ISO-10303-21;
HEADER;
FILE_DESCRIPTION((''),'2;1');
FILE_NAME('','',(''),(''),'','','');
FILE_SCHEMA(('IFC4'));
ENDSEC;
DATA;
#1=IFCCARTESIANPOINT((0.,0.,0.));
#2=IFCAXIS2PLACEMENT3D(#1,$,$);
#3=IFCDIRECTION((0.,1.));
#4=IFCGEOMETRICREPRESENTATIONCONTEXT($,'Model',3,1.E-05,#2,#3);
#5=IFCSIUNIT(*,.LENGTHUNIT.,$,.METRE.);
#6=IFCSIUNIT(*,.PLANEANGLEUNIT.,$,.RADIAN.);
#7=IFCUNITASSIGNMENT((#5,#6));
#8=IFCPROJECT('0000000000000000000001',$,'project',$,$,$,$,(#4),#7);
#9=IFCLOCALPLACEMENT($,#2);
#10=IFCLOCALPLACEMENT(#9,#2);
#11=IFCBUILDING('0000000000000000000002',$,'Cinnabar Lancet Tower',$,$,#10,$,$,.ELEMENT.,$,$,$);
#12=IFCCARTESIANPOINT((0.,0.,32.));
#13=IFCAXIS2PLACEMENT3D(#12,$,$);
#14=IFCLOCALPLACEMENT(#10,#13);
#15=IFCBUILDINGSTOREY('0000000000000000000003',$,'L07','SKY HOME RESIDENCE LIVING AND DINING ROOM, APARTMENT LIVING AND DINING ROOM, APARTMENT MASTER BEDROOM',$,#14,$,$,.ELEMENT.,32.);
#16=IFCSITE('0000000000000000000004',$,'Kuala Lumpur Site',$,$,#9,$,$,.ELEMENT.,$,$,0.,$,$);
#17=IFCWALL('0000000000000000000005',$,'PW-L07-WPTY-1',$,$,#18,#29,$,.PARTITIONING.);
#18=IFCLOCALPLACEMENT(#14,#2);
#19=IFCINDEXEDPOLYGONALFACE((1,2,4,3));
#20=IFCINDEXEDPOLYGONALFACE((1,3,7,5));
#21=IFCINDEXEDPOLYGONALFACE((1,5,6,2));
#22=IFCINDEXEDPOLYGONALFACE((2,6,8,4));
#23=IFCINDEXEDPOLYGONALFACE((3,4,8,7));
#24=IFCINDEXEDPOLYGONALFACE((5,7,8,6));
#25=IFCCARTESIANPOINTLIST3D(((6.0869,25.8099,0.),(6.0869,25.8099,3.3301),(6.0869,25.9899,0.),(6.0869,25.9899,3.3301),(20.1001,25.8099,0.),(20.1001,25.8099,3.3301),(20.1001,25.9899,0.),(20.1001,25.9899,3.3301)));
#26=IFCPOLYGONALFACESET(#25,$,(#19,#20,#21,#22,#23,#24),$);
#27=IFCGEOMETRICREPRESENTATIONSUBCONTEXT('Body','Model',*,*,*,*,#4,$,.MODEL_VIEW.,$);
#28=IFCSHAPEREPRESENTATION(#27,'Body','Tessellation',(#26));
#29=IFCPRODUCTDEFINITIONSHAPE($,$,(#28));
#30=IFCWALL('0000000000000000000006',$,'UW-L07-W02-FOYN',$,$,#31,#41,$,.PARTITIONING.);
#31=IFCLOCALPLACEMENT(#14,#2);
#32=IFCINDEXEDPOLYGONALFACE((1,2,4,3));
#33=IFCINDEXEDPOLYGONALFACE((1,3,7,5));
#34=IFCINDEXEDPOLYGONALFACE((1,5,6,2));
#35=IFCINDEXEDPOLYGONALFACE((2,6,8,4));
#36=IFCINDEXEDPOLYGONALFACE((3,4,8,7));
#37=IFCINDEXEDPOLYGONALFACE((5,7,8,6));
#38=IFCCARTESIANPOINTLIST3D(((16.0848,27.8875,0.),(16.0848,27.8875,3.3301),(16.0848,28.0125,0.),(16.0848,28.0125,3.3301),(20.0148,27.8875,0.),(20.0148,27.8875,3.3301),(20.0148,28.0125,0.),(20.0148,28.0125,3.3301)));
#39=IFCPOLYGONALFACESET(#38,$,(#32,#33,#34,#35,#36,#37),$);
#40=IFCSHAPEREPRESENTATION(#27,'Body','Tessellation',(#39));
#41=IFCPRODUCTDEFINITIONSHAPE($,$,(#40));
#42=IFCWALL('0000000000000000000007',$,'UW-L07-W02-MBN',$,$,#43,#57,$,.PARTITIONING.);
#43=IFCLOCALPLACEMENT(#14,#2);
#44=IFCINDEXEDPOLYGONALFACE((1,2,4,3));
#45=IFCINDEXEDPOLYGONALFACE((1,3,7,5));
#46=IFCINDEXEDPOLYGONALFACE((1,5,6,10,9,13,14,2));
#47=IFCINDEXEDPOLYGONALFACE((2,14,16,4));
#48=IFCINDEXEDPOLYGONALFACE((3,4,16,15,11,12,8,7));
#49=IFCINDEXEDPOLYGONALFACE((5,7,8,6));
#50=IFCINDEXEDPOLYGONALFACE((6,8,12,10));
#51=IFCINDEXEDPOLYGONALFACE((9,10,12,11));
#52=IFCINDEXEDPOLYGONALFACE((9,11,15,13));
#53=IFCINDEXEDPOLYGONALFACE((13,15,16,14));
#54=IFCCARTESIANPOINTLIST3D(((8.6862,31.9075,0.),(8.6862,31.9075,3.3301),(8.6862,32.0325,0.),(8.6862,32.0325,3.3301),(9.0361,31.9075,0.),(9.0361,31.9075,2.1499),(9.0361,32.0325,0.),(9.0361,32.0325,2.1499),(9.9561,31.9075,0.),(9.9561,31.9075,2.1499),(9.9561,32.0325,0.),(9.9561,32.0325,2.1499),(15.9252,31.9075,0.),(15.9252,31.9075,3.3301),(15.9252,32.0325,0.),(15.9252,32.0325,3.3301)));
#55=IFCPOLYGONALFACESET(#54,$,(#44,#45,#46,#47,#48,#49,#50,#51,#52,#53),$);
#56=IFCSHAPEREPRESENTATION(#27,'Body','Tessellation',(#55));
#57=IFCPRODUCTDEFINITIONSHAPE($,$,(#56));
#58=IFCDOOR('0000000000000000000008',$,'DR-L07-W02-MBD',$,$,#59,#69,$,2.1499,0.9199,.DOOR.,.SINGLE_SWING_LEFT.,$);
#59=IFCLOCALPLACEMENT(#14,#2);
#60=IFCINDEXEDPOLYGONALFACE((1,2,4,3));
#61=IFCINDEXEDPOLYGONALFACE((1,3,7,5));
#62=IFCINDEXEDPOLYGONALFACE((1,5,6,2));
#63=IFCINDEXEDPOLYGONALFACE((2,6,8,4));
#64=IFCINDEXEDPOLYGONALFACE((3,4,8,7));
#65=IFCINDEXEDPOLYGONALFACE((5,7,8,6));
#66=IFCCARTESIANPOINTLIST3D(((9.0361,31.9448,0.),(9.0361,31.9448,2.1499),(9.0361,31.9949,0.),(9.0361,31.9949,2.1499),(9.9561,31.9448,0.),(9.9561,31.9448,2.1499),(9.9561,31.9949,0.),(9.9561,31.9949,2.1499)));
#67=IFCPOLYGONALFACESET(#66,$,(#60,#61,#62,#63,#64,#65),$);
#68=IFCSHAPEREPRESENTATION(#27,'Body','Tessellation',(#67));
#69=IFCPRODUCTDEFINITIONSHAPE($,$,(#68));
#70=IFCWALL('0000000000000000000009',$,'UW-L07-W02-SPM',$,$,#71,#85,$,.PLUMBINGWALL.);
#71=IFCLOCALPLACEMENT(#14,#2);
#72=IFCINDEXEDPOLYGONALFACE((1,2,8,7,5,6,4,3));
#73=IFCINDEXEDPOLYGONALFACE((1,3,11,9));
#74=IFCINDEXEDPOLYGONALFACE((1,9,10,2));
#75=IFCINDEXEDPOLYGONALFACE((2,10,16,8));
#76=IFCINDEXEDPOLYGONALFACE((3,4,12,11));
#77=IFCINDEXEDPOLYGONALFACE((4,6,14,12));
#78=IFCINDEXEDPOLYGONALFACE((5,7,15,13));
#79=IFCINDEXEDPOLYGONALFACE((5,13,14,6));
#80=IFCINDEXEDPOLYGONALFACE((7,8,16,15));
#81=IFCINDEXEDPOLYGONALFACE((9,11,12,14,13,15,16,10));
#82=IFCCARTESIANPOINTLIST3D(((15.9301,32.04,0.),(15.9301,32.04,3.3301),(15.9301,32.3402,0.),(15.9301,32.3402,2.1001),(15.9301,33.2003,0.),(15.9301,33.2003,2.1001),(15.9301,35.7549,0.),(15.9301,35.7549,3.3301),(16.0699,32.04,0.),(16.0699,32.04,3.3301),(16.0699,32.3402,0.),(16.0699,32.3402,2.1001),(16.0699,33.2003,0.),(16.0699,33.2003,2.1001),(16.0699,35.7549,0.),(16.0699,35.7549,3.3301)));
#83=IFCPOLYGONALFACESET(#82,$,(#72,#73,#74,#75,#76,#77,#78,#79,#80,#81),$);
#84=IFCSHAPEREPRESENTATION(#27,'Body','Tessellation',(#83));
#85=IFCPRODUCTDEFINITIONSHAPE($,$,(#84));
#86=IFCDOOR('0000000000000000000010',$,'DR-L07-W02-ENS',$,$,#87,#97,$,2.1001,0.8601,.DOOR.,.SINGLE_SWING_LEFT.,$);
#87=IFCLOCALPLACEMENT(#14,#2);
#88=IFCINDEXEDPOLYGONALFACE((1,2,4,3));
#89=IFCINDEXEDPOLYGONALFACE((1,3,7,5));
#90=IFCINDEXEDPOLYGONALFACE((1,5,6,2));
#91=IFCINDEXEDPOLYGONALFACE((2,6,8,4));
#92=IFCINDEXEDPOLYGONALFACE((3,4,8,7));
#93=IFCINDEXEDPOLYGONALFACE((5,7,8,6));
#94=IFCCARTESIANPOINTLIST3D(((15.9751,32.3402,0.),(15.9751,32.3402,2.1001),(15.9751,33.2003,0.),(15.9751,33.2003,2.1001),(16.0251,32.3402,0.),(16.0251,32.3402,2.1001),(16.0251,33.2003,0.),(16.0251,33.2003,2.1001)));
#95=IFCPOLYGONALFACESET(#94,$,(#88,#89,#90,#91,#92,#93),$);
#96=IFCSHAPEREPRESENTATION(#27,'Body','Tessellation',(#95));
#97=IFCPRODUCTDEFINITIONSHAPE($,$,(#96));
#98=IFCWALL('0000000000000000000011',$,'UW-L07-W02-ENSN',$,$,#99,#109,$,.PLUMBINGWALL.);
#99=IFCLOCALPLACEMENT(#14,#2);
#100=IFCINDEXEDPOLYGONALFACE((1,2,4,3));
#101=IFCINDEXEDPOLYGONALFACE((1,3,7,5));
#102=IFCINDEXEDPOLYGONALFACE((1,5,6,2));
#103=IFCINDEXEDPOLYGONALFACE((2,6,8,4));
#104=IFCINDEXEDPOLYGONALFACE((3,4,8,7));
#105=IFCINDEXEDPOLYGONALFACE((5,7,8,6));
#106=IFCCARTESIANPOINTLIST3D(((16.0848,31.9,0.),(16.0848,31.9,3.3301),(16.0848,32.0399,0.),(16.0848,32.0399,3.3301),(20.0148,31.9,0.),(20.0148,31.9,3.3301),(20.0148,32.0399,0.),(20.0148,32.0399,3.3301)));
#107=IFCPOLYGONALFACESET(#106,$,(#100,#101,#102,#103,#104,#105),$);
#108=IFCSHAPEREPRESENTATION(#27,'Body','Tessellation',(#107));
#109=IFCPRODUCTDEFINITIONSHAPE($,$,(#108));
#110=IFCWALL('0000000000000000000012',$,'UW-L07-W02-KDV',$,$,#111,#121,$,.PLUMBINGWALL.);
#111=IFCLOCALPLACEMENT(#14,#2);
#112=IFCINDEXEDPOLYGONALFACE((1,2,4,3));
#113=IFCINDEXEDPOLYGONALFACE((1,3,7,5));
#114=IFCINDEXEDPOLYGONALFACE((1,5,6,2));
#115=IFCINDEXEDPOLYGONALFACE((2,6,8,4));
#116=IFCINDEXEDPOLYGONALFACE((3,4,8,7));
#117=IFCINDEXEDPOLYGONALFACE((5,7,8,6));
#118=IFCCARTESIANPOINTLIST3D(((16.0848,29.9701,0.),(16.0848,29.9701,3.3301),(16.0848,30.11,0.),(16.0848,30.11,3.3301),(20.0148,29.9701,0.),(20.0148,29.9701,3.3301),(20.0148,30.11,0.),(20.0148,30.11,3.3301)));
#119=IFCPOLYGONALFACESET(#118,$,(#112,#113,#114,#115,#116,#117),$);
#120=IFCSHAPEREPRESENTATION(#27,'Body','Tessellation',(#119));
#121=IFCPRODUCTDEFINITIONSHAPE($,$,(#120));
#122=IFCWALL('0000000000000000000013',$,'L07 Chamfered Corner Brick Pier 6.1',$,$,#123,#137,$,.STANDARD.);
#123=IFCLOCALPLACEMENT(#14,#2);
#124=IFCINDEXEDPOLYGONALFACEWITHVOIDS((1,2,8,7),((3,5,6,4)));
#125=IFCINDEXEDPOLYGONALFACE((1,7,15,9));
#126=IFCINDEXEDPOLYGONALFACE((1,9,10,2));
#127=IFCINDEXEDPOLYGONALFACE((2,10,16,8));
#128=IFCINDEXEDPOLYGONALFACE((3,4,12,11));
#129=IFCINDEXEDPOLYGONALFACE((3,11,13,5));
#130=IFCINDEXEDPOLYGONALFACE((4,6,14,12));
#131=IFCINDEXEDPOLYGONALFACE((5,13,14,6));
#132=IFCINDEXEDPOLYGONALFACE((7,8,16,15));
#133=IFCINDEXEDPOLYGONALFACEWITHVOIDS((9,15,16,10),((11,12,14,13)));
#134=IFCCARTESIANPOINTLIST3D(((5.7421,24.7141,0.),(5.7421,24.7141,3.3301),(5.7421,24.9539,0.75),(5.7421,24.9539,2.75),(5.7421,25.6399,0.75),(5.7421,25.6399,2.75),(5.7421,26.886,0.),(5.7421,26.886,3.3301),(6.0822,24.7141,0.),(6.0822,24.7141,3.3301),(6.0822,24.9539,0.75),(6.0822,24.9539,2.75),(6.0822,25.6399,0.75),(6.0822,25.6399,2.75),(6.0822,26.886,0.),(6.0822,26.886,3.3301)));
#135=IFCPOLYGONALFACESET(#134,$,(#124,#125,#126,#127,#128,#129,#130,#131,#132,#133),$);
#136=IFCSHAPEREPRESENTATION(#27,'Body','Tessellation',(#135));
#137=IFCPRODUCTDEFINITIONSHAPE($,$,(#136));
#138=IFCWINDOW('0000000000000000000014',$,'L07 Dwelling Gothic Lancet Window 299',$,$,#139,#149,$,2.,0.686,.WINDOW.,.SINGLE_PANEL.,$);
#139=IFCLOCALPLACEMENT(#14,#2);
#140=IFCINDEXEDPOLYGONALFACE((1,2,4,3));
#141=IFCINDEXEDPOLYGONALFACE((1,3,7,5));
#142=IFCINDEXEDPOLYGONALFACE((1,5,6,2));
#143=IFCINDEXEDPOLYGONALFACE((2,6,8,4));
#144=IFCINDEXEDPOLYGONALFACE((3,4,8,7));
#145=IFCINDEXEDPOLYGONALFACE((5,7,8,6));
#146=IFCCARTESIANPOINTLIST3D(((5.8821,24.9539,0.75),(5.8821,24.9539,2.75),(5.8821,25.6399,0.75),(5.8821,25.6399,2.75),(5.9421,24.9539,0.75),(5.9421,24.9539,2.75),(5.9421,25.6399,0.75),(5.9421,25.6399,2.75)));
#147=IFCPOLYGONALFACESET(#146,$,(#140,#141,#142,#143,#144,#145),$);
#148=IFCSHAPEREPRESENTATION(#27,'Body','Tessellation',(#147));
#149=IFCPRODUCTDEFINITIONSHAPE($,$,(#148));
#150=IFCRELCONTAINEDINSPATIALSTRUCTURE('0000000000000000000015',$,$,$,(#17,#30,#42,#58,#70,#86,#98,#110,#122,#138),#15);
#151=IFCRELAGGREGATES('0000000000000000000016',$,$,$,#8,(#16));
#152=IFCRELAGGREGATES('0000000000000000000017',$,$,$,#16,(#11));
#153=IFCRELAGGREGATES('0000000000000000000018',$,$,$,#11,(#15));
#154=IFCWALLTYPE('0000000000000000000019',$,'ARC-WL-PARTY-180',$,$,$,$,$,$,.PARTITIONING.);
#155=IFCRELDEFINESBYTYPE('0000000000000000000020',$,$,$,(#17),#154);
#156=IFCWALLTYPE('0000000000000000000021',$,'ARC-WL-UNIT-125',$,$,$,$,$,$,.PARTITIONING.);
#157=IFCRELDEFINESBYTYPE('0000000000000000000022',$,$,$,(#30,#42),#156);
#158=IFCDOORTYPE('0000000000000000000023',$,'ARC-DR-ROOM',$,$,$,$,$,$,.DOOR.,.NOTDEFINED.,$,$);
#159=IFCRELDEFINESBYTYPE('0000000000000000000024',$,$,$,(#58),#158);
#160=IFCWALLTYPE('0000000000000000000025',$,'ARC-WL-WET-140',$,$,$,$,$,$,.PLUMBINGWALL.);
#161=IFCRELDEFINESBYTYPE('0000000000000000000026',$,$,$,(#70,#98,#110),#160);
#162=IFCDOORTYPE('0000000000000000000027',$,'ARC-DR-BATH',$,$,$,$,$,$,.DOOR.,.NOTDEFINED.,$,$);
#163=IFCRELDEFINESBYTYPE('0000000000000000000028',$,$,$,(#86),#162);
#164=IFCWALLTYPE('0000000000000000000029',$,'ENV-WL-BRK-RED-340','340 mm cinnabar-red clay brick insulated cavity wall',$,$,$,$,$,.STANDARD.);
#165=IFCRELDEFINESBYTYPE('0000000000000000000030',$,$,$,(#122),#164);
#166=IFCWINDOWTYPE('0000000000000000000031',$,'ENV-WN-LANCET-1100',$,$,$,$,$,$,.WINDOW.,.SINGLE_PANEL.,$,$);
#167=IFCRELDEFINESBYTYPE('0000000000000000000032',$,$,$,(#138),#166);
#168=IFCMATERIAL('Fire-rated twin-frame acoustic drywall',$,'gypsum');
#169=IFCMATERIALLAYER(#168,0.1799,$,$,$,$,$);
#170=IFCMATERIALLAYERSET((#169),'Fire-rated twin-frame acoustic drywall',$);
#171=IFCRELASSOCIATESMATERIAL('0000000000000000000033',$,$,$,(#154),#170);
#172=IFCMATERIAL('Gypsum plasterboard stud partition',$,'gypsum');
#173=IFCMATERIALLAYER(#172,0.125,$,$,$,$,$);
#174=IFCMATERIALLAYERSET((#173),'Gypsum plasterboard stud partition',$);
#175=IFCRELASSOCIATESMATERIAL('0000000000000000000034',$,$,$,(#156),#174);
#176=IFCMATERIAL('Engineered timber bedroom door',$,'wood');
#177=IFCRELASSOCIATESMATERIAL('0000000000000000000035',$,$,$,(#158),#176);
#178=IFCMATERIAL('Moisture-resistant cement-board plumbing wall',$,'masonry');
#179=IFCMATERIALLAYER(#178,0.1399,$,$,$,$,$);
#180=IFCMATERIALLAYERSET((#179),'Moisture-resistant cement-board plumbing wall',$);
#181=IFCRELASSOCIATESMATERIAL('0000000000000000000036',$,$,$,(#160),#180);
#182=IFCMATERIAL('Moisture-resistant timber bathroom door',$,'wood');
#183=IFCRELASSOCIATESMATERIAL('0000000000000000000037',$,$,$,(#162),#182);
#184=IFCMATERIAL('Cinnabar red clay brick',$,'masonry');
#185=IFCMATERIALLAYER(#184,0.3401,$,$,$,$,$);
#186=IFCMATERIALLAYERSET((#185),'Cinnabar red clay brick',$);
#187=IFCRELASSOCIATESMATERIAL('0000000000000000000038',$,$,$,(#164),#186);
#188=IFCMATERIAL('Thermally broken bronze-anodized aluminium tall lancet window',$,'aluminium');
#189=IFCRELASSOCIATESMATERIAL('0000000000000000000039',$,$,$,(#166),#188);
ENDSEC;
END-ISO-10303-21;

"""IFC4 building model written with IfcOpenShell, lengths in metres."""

from ifc_helpers import new_model, si_unit, direction, frame, frame_2d, origin, place, context, subcontext, project, spatial, rectangle, extrude, material, layer, layer_set, type_object, element, fill, save


model = new_model("IFC4")

# Units and contexts
model_context = context("Model", 3, precision=1e-05, world=origin(), true_north=direction((0.0, 1.0)))
body_context = subcontext(model_context, "Body", "Model", "MODEL_VIEW")
ifc_project = project(units=[si_unit("LENGTHUNIT", "METRE"), si_unit("PLANEANGLEUNIT", "RADIAN")], contexts=[model_context])

# Site, building, storey
site_placement = place(None, origin())
site = spatial("IfcSite", under=ifc_project, at=site_placement, Name="Kuala Lumpur Site", CompositionType="ELEMENT", RefElevation=0.0)
building_placement = place(site_placement, origin())
building = spatial("IfcBuilding", under=site, at=building_placement, Name="Cinnabar Lancet Tower", CompositionType="ELEMENT")
storey_placement = place(building_placement, frame((0.0, 0.0, 32.0)))
storey = spatial("IfcBuildingStorey", under=building, at=storey_placement, Name="L07", Description="SKY HOME RESIDENCE LIVING AND DINING ROOM, APARTMENT LIVING AND DINING ROOM, APARTMENT MASTER BEDROOM", CompositionType="ELEMENT", Elevation=32.0)

# Walls
ifc_material_1 = material(Name="Fire-rated twin-frame acoustic drywall", Category="gypsum")
ifc_layer_1 = layer(ifc_material_1, 0.1799)
ifc_layer_set_1 = layer_set([ifc_layer_1], Name="Fire-rated twin-frame acoustic drywall")
wall_type_1 = type_object("IfcWallType", Name="ARC-WL-PARTY-180", PredefinedType="PARTITIONING", material=ifc_layer_set_1)
wall_1_placement = place(storey_placement, frame((6.0869, 25.8999, 0.0), z_axis=(0.0, 0.0, 1.0), x_axis=(1.0, 0.0, 0.0)))
element("IfcWall", 1, at=wall_1_placement, inside=storey, type_object=wall_type_1, Name="PW-L07-WPTY-1", PredefinedType="PARTITIONING", context=body_context, shape_type="SweptSolid", body=[
    extrude(rectangle(XDim=14.0132, YDim=0.1799, at=frame_2d((7.0066, 0.0))), origin(), (0.0, 0.0, 1.0), 3.3301),
])
ifc_material_2 = material(Name="Gypsum plasterboard stud partition", Category="gypsum")
ifc_layer_2 = layer(ifc_material_2, 0.125)
ifc_layer_set_2 = layer_set([ifc_layer_2], Name="Gypsum plasterboard stud partition")
wall_type_2 = type_object("IfcWallType", Name="ARC-WL-UNIT-125", PredefinedType="PARTITIONING", material=ifc_layer_set_2)
wall_2_placement = place(storey_placement, frame((16.085, 27.95, 0.0), z_axis=(0.0, 0.0, 1.0), x_axis=(1.0, 0.0, 0.0)))
element("IfcWall", 2, at=wall_2_placement, inside=storey, type_object=wall_type_2, Name="UW-L07-W02-FOYN", PredefinedType="PARTITIONING", context=body_context, shape_type="SweptSolid", body=[
    extrude(rectangle(XDim=3.9299, YDim=0.125, at=frame_2d((1.9648, 0.0))), origin(), (0.0, 0.0, 1.0), 3.3301),
])

# Wall, opening, door
wall_3_placement = place(storey_placement, frame((8.686, 31.97, 0.0), z_axis=(0.0, 0.0, 1.0), x_axis=(1.0, 0.0, 0.0)))
wall_3 = element("IfcWall", 3, at=wall_3_placement, inside=storey, type_object=wall_type_2, Name="UW-L07-W02-MBN", PredefinedType="PARTITIONING", context=body_context, shape_type="SweptSolid", body=[
    extrude(rectangle(XDim=7.239, YDim=0.125, at=frame_2d((3.6196, 0.0))), origin(), (0.0, 0.0, 1.0), 3.3301),
])
opening_1_placement = place(wall_3_placement, frame((0.3501, 0.0, 0.0)))
opening_1 = element("IfcOpeningElement", 4, at=opening_1_placement, cuts=wall_3, PredefinedType="OPENING", context=body_context, shape_type="SweptSolid", body=[
    extrude(rectangle(XDim=0.9199, YDim=2.1499, at=frame_2d((0.46, 1.075))), frame((0.0, 0.0725, 0.0), z_axis=(0.0, -1.0, 0.0), x_axis=(1.0, 0.0, 0.0)), (0.0, 0.0, 1.0), 0.145),
])
ifc_material_3 = material(Name="Engineered timber bedroom door", Category="wood")
door_type_1 = type_object("IfcDoorType", Name="ARC-DR-ROOM", OperationType="NOTDEFINED", PredefinedType="DOOR", material=ifc_material_3)
door_1_placement = place(opening_1_placement, origin())
door_1 = element("IfcDoor", 5, at=door_1_placement, inside=storey, type_object=door_type_1, Name="DR-L07-W02-MBD", OperationType="SINGLE_SWING_LEFT", OverallHeight=2.1499, OverallWidth=0.9199, PredefinedType="DOOR", context=body_context, shape_type="SweptSolid", body=[
    extrude(rectangle(XDim=0.9199, YDim=2.1499, at=frame_2d((0.46, 1.075))), frame((0.0, 0.0249, 0.0), z_axis=(0.0, -1.0, 0.0), x_axis=(1.0, 0.0, 0.0)), (0.0, 0.0, 1.0), 0.05),
])
fill(opening_1, door_1)

# Shared definitions
ifc_material_4 = material(Name="Moisture-resistant cement-board plumbing wall", Category="masonry")
ifc_layer_3 = layer(ifc_material_4, 0.1399)
ifc_layer_set_3 = layer_set([ifc_layer_3], Name="Moisture-resistant cement-board plumbing wall")
wall_type_3 = type_object("IfcWallType", Name="ARC-WL-WET-140", PredefinedType="PLUMBINGWALL", material=ifc_layer_set_3)
ifc_material_5 = material(Name="Moisture-resistant timber bathroom door", Category="wood")
door_type_2 = type_object("IfcDoorType", Name="ARC-DR-BATH", OperationType="NOTDEFINED", PredefinedType="DOOR", material=ifc_material_5)

# Wall, opening, door
wall_4_placement = place(storey_placement, frame((16.0, 32.04, 0.0), z_axis=(0.0, 0.0, 1.0), x_axis=(0.0, 1.0, 0.0)))
wall_4 = element("IfcWall", 6, at=wall_4_placement, inside=storey, type_object=wall_type_3, Name="UW-L07-W02-SPM", PredefinedType="PLUMBINGWALL", context=body_context, shape_type="SweptSolid", body=[
    extrude(rectangle(XDim=3.7148, YDim=0.1399, at=frame_2d((1.8574, 0.0))), origin(), (0.0, 0.0, 1.0), 3.3301),
])
opening_2_placement = place(wall_4_placement, frame((0.3, 0.0, 0.0)))
opening_2 = element("IfcOpeningElement", 7, at=opening_2_placement, cuts=wall_4, PredefinedType="OPENING", context=body_context, shape_type="SweptSolid", body=[
    extrude(rectangle(XDim=0.8601, YDim=2.1001, at=frame_2d((0.4302, 1.05))), frame((0.0, 0.0798, 0.0), z_axis=(0.0, -1.0, 0.0), x_axis=(1.0, 0.0, 0.0)), (0.0, 0.0, 1.0), 0.1599),
])
door_2_placement = place(opening_2_placement, origin())
door_2 = element("IfcDoor", 8, at=door_2_placement, inside=storey, type_object=door_type_2, Name="DR-L07-W02-ENS", OperationType="SINGLE_SWING_LEFT", OverallHeight=2.1001, OverallWidth=0.8601, PredefinedType="DOOR", context=body_context, shape_type="SweptSolid", body=[
    extrude(rectangle(XDim=0.8601, YDim=2.1001, at=frame_2d((0.4302, 1.05))), frame((0.0, 0.0249, 0.0), z_axis=(0.0, -1.0, 0.0), x_axis=(1.0, 0.0, 0.0)), (0.0, 0.0, 1.0), 0.05),
])
fill(opening_2, door_2)

# Walls
for number, where, z_axis, x_axis, name in (
    (9, (16.085, 31.97, 0.0), (0.0, 0.0, 1.0), (1.0, 0.0, 0.0), "UW-L07-W02-ENSN"),
    (10, (16.085, 30.04, 0.0), (0.0, 0.0, 1.0), (1.0, 0.0, 0.0), "UW-L07-W02-KDV"),
):
    element("IfcWall", number, at=place(storey_placement, frame(where, z_axis=z_axis, x_axis=x_axis)), inside=storey, type_object=wall_type_3, Name=name, PredefinedType="PLUMBINGWALL", context=body_context, shape_type="SweptSolid", body=[
        extrude(rectangle(XDim=3.9299, YDim=0.1399, at=frame_2d((1.9648, 0.0))), origin(), (0.0, 0.0, 1.0), 3.3301),
    ])

# Wall, opening, window
ifc_material_6 = material(Name="Cinnabar red clay brick", Category="masonry")
ifc_layer_4 = layer(ifc_material_6, 0.3401)
ifc_layer_set_4 = layer_set([ifc_layer_4], Name="Cinnabar red clay brick")
wall_type_4 = type_object("IfcWallType", Name="ENV-WL-BRK-RED-340", Description="340 mm cinnabar-red clay brick insulated cavity wall", PredefinedType="STANDARD", material=ifc_layer_set_4)
wall_5_placement = place(storey_placement, frame((5.9121, 26.886, 0.0), z_axis=(0.0, 0.0, 1.0), x_axis=(0.0, -1.0, 0.0)))
wall_5 = element("IfcWall", 11, at=wall_5_placement, inside=storey, type_object=wall_type_4, Name="L07 Chamfered Corner Brick Pier 6.1", PredefinedType="STANDARD", context=body_context, shape_type="SweptSolid", body=[
    extrude(rectangle(XDim=2.1719, YDim=0.3401, at=frame_2d((1.0859, 0.0))), origin(), (0.0, 0.0, 1.0), 3.3301),
])
opening_3_placement = place(wall_5_placement, frame((1.2461, 0.0, 0.75)))
opening_3 = element("IfcOpeningElement", 12, at=opening_3_placement, cuts=wall_5, PredefinedType="OPENING", context=body_context, shape_type="SweptSolid", body=[
    extrude(rectangle(XDim=0.686, YDim=2.0, at=frame_2d((0.343, 1.0))), frame((0.0, 0.1799, 0.0), z_axis=(0.0, -1.0, 0.0), x_axis=(1.0, 0.0, 0.0)), (0.0, 0.0, 1.0), 0.3601),
])
ifc_material_7 = material(Name="Thermally broken bronze-anodized aluminium tall lancet window", Category="aluminium")
window_type = type_object("IfcWindowType", Name="ENV-WN-LANCET-1100", PartitioningType="SINGLE_PANEL", PredefinedType="WINDOW", material=ifc_material_7)
window_1_placement = place(opening_3_placement, origin())
window_1 = element("IfcWindow", 13, at=window_1_placement, inside=storey, type_object=window_type, Name="L07 Dwelling Gothic Lancet Window 299", OverallHeight=2.0, OverallWidth=0.686, PartitioningType="SINGLE_PANEL", PredefinedType="WINDOW", context=body_context, shape_type="SweptSolid", body=[
    extrude(rectangle(XDim=0.686, YDim=2.0, at=frame_2d((0.343, 1.0))), frame((0.0, 0.03, 0.0), z_axis=(0.0, -1.0, 0.0), x_axis=(1.0, 0.0, 0.0)), (0.0, 0.0, 1.0), 0.0601),
])
fill(opening_3, window_1)

save(model, "model.ifc")
